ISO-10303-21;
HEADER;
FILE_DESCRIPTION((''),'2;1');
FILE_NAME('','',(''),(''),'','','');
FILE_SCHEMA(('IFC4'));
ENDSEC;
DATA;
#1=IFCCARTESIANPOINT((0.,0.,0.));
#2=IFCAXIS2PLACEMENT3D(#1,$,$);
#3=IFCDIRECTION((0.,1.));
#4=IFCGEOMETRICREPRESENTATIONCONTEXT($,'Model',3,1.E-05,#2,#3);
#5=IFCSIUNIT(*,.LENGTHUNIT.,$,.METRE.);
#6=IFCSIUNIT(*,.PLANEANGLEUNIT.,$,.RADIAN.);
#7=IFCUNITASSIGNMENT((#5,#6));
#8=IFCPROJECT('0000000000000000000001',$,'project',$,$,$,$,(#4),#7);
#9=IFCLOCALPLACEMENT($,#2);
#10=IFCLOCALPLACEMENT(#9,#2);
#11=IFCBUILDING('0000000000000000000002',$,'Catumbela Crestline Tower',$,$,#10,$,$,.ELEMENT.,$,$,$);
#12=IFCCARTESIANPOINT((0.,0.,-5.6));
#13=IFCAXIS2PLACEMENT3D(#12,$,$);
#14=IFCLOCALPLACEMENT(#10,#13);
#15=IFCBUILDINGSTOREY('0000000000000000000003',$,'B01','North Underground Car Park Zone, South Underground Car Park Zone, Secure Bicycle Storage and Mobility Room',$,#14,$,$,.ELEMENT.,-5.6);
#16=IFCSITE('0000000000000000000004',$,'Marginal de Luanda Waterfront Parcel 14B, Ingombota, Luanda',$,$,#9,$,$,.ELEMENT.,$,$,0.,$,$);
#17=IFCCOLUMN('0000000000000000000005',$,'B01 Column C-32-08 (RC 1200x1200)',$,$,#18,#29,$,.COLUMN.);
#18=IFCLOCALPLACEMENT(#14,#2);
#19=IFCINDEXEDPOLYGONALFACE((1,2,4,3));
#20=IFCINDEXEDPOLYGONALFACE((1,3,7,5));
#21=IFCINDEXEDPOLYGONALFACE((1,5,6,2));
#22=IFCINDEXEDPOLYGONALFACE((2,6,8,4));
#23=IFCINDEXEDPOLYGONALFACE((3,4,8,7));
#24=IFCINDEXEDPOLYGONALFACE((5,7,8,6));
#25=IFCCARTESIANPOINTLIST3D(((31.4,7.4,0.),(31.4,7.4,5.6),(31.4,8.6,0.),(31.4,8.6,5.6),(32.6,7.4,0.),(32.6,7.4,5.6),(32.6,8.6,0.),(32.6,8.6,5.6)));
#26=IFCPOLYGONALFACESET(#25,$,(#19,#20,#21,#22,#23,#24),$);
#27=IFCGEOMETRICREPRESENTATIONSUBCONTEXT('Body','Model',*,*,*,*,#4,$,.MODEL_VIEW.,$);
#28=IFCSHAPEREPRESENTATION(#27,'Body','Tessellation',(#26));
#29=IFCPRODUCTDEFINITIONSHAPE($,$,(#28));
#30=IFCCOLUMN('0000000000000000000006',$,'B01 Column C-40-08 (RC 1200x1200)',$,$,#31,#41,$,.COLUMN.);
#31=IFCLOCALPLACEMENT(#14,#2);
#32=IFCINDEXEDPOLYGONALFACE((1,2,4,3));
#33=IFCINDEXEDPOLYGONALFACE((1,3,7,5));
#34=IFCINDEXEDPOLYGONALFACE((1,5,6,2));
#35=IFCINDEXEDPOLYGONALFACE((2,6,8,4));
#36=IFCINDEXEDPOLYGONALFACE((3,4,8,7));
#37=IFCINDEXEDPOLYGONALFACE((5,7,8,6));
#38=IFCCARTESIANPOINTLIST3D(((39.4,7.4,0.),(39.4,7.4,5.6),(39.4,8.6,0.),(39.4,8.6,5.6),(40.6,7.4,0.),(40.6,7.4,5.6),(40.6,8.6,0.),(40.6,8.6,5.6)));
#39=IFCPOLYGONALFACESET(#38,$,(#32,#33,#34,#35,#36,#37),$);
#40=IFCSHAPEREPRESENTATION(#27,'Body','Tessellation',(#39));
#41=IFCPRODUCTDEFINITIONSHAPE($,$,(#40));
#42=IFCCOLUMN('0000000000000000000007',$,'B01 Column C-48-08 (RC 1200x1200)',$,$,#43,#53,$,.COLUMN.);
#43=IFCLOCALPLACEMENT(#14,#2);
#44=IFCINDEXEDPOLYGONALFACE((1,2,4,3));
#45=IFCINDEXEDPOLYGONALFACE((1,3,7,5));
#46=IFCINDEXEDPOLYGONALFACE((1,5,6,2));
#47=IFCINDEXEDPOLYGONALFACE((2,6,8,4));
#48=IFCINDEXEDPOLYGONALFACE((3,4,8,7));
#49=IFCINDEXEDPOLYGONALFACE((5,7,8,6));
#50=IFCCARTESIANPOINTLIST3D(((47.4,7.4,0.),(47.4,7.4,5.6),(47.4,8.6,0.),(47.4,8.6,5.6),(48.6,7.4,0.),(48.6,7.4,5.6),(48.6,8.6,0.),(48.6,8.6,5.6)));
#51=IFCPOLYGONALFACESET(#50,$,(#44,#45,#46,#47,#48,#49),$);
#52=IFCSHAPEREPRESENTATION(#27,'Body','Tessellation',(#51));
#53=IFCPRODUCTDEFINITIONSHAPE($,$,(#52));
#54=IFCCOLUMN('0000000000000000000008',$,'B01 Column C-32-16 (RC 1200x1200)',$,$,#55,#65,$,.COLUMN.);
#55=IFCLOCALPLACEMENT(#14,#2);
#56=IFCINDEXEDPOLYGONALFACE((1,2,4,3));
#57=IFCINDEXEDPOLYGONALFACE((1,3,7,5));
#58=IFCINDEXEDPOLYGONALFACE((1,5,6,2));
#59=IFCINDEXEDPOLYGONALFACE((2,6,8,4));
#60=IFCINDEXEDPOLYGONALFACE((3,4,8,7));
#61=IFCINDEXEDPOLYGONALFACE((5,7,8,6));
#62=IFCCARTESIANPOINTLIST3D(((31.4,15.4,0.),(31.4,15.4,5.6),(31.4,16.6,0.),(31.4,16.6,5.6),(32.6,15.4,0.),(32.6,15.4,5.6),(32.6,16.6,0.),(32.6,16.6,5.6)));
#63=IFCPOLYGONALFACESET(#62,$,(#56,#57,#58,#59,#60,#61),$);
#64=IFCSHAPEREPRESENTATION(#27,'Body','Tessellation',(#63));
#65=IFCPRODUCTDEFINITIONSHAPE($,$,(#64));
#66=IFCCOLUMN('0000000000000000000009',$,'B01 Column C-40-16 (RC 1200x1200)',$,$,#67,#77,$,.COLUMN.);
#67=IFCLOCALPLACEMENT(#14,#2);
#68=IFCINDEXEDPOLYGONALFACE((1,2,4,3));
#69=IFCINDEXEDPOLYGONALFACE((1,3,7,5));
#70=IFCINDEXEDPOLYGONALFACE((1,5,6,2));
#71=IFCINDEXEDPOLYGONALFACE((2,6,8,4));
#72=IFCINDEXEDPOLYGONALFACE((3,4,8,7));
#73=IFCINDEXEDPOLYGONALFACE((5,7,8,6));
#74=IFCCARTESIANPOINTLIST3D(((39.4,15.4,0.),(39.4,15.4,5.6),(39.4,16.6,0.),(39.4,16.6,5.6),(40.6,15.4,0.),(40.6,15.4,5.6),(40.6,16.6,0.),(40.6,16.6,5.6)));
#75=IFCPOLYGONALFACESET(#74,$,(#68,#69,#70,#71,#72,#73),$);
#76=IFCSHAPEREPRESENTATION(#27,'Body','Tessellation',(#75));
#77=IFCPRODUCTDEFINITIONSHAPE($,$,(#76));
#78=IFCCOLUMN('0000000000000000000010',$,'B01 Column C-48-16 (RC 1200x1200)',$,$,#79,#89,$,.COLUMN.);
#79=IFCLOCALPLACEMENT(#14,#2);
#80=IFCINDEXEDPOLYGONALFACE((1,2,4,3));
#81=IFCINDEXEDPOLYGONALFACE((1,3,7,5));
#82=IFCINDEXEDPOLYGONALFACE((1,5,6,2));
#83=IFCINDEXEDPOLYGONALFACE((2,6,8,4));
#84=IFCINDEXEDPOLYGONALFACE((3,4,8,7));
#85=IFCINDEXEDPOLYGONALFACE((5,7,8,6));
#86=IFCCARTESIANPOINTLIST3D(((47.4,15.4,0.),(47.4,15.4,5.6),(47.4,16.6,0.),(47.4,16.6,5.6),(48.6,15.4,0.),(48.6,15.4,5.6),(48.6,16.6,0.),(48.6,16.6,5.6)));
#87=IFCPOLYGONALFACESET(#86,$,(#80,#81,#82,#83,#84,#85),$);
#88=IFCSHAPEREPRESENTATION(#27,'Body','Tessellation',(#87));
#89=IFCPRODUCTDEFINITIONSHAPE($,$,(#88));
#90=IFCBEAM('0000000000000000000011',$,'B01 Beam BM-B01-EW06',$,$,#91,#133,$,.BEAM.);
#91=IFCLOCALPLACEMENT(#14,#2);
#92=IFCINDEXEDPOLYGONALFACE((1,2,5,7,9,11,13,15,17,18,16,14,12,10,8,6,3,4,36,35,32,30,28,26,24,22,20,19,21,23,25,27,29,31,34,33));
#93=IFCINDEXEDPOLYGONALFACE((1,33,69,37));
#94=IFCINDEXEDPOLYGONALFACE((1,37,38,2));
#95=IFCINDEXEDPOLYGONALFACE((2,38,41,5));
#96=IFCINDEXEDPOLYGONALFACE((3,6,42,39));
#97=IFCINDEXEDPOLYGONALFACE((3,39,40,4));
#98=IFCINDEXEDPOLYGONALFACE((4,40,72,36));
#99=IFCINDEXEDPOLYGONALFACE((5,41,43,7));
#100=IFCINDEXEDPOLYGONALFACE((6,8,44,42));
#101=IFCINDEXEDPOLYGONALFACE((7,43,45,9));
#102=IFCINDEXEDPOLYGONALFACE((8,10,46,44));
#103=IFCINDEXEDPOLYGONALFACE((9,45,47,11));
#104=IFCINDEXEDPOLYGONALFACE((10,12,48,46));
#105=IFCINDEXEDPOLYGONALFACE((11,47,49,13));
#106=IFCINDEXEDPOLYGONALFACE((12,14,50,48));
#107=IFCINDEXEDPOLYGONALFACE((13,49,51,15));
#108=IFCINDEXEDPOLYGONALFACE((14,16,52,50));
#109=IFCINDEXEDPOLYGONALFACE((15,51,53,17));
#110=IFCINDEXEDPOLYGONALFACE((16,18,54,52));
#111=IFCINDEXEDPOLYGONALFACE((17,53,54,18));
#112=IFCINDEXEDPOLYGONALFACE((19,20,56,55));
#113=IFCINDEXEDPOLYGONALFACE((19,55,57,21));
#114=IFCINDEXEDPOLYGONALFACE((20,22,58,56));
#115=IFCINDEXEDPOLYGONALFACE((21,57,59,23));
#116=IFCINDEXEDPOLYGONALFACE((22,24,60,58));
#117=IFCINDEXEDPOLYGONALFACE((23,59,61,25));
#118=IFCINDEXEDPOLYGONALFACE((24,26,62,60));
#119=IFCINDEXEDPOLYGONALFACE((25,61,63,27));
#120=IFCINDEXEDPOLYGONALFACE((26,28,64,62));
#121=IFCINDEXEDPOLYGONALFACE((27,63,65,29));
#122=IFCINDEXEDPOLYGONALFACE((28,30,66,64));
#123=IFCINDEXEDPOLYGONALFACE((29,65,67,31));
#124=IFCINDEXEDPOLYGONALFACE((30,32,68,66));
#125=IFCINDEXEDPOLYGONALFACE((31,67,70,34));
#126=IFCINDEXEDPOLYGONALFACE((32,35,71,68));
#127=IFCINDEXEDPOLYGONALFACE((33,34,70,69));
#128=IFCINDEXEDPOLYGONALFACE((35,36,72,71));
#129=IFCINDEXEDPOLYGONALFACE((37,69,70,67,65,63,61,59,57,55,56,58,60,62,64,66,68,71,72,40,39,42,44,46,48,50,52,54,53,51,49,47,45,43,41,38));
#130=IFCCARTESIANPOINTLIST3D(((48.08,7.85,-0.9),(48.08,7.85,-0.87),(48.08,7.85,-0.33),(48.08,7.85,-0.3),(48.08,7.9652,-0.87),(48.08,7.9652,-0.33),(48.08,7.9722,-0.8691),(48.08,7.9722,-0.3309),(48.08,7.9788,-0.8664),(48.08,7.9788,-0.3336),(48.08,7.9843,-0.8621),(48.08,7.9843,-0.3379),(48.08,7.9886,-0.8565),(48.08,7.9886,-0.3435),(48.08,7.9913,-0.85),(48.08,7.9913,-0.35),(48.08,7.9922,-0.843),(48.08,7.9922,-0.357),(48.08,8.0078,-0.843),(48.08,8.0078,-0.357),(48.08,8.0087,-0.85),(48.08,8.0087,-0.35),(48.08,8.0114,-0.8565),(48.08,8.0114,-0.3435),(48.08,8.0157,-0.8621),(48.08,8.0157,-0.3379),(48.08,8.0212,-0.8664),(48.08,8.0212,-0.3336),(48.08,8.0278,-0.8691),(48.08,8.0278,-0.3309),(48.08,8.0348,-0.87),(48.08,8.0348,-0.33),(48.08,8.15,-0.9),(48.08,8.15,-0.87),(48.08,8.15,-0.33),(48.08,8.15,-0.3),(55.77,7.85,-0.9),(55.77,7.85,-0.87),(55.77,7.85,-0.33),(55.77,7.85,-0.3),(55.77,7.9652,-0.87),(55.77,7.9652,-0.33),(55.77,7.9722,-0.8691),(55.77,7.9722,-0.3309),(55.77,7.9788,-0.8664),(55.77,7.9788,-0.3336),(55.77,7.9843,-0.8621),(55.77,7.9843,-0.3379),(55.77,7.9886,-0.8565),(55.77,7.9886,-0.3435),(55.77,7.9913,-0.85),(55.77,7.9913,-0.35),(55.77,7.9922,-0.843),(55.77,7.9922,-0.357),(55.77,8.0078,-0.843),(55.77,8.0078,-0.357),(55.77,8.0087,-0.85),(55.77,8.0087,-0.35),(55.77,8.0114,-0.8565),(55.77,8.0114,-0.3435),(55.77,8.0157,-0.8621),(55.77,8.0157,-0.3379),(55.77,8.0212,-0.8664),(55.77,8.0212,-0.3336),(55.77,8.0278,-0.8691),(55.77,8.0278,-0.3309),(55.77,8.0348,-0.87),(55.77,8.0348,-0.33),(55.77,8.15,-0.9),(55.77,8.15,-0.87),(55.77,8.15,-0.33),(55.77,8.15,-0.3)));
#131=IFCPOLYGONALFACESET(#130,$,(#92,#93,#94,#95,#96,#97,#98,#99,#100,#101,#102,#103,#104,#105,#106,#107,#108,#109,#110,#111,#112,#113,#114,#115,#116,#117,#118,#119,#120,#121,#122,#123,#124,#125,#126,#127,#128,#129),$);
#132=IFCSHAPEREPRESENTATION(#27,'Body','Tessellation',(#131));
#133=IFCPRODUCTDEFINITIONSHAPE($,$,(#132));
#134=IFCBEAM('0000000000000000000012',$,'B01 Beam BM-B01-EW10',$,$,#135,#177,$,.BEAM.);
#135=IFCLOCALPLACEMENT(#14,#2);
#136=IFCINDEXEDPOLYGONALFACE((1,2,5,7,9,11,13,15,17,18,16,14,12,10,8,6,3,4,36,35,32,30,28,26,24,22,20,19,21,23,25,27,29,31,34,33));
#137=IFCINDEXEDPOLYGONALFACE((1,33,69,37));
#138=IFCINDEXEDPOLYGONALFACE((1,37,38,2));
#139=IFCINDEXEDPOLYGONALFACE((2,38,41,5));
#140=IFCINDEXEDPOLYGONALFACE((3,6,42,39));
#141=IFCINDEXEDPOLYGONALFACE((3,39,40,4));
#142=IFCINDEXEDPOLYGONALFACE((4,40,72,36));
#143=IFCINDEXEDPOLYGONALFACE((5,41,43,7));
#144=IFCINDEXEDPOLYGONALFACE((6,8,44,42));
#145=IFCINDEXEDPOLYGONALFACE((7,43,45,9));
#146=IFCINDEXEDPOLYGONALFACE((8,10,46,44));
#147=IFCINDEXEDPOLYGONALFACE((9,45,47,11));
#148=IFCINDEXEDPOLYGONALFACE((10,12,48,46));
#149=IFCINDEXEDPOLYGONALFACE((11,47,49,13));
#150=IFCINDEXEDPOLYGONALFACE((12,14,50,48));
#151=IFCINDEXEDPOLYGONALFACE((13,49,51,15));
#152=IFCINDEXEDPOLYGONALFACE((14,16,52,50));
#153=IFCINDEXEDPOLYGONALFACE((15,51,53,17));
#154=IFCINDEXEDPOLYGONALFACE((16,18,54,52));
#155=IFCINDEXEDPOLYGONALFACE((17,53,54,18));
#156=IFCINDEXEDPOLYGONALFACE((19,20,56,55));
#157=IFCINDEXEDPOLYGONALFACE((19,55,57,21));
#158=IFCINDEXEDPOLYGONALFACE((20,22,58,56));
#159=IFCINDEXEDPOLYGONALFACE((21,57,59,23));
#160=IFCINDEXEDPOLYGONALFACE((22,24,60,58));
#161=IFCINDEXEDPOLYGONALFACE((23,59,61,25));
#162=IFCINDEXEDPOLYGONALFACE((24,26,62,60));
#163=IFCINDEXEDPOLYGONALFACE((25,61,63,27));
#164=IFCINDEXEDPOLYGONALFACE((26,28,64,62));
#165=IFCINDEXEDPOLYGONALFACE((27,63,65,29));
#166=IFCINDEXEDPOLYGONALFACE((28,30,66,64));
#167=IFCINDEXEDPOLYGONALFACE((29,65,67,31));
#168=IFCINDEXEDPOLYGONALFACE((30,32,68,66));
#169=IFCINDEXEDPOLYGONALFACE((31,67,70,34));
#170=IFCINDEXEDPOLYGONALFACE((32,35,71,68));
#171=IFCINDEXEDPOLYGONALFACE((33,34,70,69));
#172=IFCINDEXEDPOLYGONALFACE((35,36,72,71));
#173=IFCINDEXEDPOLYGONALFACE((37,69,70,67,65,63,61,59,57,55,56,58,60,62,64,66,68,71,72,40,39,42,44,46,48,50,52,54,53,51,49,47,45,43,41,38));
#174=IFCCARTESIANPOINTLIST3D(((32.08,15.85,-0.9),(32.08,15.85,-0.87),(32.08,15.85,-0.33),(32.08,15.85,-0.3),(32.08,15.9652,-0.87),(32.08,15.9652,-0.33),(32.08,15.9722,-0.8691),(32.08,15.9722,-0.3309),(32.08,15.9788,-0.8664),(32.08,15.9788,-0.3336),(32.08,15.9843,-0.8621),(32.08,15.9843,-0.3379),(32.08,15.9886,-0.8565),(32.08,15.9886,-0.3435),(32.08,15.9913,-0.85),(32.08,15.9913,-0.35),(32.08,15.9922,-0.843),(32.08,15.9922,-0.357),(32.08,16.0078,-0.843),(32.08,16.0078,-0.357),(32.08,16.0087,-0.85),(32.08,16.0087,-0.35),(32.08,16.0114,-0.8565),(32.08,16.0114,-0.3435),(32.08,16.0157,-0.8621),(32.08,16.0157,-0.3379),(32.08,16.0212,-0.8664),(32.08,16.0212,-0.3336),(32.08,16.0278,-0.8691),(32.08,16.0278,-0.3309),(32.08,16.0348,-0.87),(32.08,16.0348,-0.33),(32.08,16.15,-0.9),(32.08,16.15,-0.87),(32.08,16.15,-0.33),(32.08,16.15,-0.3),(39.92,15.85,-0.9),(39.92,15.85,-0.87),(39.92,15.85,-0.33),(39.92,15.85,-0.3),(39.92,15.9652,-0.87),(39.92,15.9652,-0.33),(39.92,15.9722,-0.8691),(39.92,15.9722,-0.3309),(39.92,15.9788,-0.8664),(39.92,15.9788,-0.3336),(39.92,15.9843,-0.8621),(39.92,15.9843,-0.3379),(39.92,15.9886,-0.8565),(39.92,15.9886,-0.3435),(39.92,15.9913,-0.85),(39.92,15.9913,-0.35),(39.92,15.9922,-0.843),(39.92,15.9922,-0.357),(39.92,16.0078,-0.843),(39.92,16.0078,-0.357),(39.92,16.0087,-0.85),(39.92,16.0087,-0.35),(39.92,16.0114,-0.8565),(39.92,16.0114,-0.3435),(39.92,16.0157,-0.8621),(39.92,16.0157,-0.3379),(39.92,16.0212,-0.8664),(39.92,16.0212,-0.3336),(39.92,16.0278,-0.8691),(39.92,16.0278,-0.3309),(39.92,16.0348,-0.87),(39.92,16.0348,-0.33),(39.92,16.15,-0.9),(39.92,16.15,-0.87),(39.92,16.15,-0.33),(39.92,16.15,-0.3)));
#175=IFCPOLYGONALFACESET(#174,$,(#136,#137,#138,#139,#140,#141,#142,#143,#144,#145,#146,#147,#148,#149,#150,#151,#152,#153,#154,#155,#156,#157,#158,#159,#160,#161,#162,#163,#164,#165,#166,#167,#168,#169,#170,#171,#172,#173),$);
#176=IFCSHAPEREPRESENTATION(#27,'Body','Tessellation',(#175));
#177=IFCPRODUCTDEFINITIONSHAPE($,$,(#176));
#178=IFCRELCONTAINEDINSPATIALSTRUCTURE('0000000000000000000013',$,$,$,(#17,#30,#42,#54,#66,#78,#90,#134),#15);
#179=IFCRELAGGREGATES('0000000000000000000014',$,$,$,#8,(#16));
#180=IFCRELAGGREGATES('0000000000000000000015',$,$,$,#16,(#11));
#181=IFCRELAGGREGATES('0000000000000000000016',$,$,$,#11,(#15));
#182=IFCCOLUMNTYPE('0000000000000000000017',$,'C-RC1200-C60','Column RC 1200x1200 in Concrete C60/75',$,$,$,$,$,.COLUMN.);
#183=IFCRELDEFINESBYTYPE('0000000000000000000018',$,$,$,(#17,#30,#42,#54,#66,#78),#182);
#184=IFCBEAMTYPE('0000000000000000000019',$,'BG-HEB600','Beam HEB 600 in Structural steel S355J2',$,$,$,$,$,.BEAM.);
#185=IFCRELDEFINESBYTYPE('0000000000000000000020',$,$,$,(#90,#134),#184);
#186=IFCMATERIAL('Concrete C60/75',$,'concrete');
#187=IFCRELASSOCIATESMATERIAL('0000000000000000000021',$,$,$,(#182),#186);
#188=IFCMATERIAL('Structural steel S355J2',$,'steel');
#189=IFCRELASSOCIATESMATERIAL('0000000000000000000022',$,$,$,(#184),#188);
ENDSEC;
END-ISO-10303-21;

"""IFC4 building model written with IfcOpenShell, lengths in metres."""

from ifc_helpers import new_model, si_unit, direction, frame, origin, origin_2d, place, context, subcontext, project, spatial, rectangle, i_section, extrude, material, material_profile, profile_set, type_object, element, save


model = new_model("IFC4")

# Units and contexts
model_context = context("Model", 3, precision=1e-05, world=origin(), true_north=direction((0.0, 1.0)))
body_context = subcontext(model_context, "Body", "Model", "MODEL_VIEW")
ifc_project = project(units=[si_unit("LENGTHUNIT", "METRE"), si_unit("PLANEANGLEUNIT", "RADIAN")], contexts=[model_context])

# Site, building, storey
site_placement = place(None, origin())
site = spatial("IfcSite", under=ifc_project, at=site_placement, Name="Marginal de Luanda Waterfront Parcel 14B, Ingombota, Luanda", CompositionType="ELEMENT", RefElevation=0.0)
building_placement = place(site_placement, origin())
building = spatial("IfcBuilding", under=site, at=building_placement, Name="Catumbela Crestline Tower", CompositionType="ELEMENT")
storey_placement = place(building_placement, frame((0.0, 0.0, -5.6)))
storey = spatial("IfcBuildingStorey", under=building, at=storey_placement, Name="B01", Description="North Underground Car Park Zone, South Underground Car Park Zone, Secure Bicycle Storage and Mobility Room", CompositionType="ELEMENT", Elevation=-5.6)

# Columns
ifc_material_1 = material(Name="Concrete C60/75", Category="concrete")
ifc_material_profile_1 = material_profile(ifc_material_1, rectangle(XDim=1.2, YDim=1.2, at=origin_2d()), Name="RC 1200x1200")
ifc_profile_set_1 = profile_set([ifc_material_profile_1], Name="Concrete C60/75")
column_type = type_object("IfcColumnType", Name="C-RC1200-C60", Description="Column RC 1200x1200 in Concrete C60/75", PredefinedType="COLUMN", material=ifc_profile_set_1)
for number, where, z_axis, x_axis, name in (
    (1, (32.0, 8.0, 0.0), (0.0, 0.0, 1.0), (1.0, 0.0, 0.0), "B01 Column C-32-08 (RC 1200x1200)"),
    (2, (40.0, 8.0, 0.0), (0.0, 0.0, 1.0), (1.0, 0.0, 0.0), "B01 Column C-40-08 (RC 1200x1200)"),
    (3, (48.0, 8.0, 0.0), (0.0, 0.0, 1.0), (1.0, 0.0, 0.0), "B01 Column C-48-08 (RC 1200x1200)"),
    (4, (32.0, 16.0, 0.0), (0.0, 0.0, 1.0), (1.0, 0.0, 0.0), "B01 Column C-32-16 (RC 1200x1200)"),
    (5, (40.0, 16.0, 0.0), (0.0, 0.0, 1.0), (1.0, 0.0, 0.0), "B01 Column C-40-16 (RC 1200x1200)"),
    (6, (48.0, 16.0, 0.0), (0.0, 0.0, 1.0), (1.0, 0.0, 0.0), "B01 Column C-48-16 (RC 1200x1200)"),
):
    element("IfcColumn", number, at=place(storey_placement, frame(where, z_axis=z_axis, x_axis=x_axis)), inside=storey, type_object=column_type, Name=name, PredefinedType="COLUMN", context=body_context, shape_type="SweptSolid", body=[
        extrude(rectangle(XDim=1.2, YDim=1.2, at=origin_2d()), origin(), (0.0, 0.0, 1.0), 5.6),
    ])

# Beams
ifc_material_2 = material(Name="Structural steel S355J2", Category="steel")
ifc_material_profile_2 = material_profile(ifc_material_2, i_section(OverallWidth=0.3, OverallDepth=0.6, WebThickness=0.0155, FlangeThickness=0.03, FilletRadius=0.027, at=origin_2d()), Name="HEB 600")
ifc_profile_set_2 = profile_set([ifc_material_profile_2], Name="Structural steel S355J2")
beam_type_1 = type_object("IfcBeamType", Name="BG-HEB600", Description="Beam HEB 600 in Structural steel S355J2", PredefinedType="BEAM", material=ifc_profile_set_2)
beam_1_placement = place(storey_placement, frame((48.08, 8.0, -0.6), z_axis=(1.0, 0.0, 0.0), x_axis=(0.0, 1.0, 0.0)))
element("IfcBeam", 7, at=beam_1_placement, inside=storey, type_object=beam_type_1, Name="B01 Beam BM-B01-EW06", PredefinedType="BEAM", context=body_context, shape_type="SweptSolid", body=[
    extrude(i_section(OverallWidth=0.3, OverallDepth=0.6, WebThickness=0.0155, FlangeThickness=0.03, FilletRadius=0.027, at=origin_2d()), origin(), (0.0, 0.0, 1.0), 7.69),
])
beam_2_placement = place(storey_placement, frame((32.08, 16.0, -0.6), z_axis=(1.0, 0.0, 0.0), x_axis=(0.0, 1.0, 0.0)))
element("IfcBeam", 8, at=beam_2_placement, inside=storey, type_object=beam_type_1, Name="B01 Beam BM-B01-EW10", PredefinedType="BEAM", context=body_context, shape_type="SweptSolid", body=[
    extrude(i_section(OverallWidth=0.3, OverallDepth=0.6, WebThickness=0.0155, FlangeThickness=0.03, FilletRadius=0.027, at=origin_2d()), origin(), (0.0, 0.0, 1.0), 7.84),
])

save(model, "model.ifc")
